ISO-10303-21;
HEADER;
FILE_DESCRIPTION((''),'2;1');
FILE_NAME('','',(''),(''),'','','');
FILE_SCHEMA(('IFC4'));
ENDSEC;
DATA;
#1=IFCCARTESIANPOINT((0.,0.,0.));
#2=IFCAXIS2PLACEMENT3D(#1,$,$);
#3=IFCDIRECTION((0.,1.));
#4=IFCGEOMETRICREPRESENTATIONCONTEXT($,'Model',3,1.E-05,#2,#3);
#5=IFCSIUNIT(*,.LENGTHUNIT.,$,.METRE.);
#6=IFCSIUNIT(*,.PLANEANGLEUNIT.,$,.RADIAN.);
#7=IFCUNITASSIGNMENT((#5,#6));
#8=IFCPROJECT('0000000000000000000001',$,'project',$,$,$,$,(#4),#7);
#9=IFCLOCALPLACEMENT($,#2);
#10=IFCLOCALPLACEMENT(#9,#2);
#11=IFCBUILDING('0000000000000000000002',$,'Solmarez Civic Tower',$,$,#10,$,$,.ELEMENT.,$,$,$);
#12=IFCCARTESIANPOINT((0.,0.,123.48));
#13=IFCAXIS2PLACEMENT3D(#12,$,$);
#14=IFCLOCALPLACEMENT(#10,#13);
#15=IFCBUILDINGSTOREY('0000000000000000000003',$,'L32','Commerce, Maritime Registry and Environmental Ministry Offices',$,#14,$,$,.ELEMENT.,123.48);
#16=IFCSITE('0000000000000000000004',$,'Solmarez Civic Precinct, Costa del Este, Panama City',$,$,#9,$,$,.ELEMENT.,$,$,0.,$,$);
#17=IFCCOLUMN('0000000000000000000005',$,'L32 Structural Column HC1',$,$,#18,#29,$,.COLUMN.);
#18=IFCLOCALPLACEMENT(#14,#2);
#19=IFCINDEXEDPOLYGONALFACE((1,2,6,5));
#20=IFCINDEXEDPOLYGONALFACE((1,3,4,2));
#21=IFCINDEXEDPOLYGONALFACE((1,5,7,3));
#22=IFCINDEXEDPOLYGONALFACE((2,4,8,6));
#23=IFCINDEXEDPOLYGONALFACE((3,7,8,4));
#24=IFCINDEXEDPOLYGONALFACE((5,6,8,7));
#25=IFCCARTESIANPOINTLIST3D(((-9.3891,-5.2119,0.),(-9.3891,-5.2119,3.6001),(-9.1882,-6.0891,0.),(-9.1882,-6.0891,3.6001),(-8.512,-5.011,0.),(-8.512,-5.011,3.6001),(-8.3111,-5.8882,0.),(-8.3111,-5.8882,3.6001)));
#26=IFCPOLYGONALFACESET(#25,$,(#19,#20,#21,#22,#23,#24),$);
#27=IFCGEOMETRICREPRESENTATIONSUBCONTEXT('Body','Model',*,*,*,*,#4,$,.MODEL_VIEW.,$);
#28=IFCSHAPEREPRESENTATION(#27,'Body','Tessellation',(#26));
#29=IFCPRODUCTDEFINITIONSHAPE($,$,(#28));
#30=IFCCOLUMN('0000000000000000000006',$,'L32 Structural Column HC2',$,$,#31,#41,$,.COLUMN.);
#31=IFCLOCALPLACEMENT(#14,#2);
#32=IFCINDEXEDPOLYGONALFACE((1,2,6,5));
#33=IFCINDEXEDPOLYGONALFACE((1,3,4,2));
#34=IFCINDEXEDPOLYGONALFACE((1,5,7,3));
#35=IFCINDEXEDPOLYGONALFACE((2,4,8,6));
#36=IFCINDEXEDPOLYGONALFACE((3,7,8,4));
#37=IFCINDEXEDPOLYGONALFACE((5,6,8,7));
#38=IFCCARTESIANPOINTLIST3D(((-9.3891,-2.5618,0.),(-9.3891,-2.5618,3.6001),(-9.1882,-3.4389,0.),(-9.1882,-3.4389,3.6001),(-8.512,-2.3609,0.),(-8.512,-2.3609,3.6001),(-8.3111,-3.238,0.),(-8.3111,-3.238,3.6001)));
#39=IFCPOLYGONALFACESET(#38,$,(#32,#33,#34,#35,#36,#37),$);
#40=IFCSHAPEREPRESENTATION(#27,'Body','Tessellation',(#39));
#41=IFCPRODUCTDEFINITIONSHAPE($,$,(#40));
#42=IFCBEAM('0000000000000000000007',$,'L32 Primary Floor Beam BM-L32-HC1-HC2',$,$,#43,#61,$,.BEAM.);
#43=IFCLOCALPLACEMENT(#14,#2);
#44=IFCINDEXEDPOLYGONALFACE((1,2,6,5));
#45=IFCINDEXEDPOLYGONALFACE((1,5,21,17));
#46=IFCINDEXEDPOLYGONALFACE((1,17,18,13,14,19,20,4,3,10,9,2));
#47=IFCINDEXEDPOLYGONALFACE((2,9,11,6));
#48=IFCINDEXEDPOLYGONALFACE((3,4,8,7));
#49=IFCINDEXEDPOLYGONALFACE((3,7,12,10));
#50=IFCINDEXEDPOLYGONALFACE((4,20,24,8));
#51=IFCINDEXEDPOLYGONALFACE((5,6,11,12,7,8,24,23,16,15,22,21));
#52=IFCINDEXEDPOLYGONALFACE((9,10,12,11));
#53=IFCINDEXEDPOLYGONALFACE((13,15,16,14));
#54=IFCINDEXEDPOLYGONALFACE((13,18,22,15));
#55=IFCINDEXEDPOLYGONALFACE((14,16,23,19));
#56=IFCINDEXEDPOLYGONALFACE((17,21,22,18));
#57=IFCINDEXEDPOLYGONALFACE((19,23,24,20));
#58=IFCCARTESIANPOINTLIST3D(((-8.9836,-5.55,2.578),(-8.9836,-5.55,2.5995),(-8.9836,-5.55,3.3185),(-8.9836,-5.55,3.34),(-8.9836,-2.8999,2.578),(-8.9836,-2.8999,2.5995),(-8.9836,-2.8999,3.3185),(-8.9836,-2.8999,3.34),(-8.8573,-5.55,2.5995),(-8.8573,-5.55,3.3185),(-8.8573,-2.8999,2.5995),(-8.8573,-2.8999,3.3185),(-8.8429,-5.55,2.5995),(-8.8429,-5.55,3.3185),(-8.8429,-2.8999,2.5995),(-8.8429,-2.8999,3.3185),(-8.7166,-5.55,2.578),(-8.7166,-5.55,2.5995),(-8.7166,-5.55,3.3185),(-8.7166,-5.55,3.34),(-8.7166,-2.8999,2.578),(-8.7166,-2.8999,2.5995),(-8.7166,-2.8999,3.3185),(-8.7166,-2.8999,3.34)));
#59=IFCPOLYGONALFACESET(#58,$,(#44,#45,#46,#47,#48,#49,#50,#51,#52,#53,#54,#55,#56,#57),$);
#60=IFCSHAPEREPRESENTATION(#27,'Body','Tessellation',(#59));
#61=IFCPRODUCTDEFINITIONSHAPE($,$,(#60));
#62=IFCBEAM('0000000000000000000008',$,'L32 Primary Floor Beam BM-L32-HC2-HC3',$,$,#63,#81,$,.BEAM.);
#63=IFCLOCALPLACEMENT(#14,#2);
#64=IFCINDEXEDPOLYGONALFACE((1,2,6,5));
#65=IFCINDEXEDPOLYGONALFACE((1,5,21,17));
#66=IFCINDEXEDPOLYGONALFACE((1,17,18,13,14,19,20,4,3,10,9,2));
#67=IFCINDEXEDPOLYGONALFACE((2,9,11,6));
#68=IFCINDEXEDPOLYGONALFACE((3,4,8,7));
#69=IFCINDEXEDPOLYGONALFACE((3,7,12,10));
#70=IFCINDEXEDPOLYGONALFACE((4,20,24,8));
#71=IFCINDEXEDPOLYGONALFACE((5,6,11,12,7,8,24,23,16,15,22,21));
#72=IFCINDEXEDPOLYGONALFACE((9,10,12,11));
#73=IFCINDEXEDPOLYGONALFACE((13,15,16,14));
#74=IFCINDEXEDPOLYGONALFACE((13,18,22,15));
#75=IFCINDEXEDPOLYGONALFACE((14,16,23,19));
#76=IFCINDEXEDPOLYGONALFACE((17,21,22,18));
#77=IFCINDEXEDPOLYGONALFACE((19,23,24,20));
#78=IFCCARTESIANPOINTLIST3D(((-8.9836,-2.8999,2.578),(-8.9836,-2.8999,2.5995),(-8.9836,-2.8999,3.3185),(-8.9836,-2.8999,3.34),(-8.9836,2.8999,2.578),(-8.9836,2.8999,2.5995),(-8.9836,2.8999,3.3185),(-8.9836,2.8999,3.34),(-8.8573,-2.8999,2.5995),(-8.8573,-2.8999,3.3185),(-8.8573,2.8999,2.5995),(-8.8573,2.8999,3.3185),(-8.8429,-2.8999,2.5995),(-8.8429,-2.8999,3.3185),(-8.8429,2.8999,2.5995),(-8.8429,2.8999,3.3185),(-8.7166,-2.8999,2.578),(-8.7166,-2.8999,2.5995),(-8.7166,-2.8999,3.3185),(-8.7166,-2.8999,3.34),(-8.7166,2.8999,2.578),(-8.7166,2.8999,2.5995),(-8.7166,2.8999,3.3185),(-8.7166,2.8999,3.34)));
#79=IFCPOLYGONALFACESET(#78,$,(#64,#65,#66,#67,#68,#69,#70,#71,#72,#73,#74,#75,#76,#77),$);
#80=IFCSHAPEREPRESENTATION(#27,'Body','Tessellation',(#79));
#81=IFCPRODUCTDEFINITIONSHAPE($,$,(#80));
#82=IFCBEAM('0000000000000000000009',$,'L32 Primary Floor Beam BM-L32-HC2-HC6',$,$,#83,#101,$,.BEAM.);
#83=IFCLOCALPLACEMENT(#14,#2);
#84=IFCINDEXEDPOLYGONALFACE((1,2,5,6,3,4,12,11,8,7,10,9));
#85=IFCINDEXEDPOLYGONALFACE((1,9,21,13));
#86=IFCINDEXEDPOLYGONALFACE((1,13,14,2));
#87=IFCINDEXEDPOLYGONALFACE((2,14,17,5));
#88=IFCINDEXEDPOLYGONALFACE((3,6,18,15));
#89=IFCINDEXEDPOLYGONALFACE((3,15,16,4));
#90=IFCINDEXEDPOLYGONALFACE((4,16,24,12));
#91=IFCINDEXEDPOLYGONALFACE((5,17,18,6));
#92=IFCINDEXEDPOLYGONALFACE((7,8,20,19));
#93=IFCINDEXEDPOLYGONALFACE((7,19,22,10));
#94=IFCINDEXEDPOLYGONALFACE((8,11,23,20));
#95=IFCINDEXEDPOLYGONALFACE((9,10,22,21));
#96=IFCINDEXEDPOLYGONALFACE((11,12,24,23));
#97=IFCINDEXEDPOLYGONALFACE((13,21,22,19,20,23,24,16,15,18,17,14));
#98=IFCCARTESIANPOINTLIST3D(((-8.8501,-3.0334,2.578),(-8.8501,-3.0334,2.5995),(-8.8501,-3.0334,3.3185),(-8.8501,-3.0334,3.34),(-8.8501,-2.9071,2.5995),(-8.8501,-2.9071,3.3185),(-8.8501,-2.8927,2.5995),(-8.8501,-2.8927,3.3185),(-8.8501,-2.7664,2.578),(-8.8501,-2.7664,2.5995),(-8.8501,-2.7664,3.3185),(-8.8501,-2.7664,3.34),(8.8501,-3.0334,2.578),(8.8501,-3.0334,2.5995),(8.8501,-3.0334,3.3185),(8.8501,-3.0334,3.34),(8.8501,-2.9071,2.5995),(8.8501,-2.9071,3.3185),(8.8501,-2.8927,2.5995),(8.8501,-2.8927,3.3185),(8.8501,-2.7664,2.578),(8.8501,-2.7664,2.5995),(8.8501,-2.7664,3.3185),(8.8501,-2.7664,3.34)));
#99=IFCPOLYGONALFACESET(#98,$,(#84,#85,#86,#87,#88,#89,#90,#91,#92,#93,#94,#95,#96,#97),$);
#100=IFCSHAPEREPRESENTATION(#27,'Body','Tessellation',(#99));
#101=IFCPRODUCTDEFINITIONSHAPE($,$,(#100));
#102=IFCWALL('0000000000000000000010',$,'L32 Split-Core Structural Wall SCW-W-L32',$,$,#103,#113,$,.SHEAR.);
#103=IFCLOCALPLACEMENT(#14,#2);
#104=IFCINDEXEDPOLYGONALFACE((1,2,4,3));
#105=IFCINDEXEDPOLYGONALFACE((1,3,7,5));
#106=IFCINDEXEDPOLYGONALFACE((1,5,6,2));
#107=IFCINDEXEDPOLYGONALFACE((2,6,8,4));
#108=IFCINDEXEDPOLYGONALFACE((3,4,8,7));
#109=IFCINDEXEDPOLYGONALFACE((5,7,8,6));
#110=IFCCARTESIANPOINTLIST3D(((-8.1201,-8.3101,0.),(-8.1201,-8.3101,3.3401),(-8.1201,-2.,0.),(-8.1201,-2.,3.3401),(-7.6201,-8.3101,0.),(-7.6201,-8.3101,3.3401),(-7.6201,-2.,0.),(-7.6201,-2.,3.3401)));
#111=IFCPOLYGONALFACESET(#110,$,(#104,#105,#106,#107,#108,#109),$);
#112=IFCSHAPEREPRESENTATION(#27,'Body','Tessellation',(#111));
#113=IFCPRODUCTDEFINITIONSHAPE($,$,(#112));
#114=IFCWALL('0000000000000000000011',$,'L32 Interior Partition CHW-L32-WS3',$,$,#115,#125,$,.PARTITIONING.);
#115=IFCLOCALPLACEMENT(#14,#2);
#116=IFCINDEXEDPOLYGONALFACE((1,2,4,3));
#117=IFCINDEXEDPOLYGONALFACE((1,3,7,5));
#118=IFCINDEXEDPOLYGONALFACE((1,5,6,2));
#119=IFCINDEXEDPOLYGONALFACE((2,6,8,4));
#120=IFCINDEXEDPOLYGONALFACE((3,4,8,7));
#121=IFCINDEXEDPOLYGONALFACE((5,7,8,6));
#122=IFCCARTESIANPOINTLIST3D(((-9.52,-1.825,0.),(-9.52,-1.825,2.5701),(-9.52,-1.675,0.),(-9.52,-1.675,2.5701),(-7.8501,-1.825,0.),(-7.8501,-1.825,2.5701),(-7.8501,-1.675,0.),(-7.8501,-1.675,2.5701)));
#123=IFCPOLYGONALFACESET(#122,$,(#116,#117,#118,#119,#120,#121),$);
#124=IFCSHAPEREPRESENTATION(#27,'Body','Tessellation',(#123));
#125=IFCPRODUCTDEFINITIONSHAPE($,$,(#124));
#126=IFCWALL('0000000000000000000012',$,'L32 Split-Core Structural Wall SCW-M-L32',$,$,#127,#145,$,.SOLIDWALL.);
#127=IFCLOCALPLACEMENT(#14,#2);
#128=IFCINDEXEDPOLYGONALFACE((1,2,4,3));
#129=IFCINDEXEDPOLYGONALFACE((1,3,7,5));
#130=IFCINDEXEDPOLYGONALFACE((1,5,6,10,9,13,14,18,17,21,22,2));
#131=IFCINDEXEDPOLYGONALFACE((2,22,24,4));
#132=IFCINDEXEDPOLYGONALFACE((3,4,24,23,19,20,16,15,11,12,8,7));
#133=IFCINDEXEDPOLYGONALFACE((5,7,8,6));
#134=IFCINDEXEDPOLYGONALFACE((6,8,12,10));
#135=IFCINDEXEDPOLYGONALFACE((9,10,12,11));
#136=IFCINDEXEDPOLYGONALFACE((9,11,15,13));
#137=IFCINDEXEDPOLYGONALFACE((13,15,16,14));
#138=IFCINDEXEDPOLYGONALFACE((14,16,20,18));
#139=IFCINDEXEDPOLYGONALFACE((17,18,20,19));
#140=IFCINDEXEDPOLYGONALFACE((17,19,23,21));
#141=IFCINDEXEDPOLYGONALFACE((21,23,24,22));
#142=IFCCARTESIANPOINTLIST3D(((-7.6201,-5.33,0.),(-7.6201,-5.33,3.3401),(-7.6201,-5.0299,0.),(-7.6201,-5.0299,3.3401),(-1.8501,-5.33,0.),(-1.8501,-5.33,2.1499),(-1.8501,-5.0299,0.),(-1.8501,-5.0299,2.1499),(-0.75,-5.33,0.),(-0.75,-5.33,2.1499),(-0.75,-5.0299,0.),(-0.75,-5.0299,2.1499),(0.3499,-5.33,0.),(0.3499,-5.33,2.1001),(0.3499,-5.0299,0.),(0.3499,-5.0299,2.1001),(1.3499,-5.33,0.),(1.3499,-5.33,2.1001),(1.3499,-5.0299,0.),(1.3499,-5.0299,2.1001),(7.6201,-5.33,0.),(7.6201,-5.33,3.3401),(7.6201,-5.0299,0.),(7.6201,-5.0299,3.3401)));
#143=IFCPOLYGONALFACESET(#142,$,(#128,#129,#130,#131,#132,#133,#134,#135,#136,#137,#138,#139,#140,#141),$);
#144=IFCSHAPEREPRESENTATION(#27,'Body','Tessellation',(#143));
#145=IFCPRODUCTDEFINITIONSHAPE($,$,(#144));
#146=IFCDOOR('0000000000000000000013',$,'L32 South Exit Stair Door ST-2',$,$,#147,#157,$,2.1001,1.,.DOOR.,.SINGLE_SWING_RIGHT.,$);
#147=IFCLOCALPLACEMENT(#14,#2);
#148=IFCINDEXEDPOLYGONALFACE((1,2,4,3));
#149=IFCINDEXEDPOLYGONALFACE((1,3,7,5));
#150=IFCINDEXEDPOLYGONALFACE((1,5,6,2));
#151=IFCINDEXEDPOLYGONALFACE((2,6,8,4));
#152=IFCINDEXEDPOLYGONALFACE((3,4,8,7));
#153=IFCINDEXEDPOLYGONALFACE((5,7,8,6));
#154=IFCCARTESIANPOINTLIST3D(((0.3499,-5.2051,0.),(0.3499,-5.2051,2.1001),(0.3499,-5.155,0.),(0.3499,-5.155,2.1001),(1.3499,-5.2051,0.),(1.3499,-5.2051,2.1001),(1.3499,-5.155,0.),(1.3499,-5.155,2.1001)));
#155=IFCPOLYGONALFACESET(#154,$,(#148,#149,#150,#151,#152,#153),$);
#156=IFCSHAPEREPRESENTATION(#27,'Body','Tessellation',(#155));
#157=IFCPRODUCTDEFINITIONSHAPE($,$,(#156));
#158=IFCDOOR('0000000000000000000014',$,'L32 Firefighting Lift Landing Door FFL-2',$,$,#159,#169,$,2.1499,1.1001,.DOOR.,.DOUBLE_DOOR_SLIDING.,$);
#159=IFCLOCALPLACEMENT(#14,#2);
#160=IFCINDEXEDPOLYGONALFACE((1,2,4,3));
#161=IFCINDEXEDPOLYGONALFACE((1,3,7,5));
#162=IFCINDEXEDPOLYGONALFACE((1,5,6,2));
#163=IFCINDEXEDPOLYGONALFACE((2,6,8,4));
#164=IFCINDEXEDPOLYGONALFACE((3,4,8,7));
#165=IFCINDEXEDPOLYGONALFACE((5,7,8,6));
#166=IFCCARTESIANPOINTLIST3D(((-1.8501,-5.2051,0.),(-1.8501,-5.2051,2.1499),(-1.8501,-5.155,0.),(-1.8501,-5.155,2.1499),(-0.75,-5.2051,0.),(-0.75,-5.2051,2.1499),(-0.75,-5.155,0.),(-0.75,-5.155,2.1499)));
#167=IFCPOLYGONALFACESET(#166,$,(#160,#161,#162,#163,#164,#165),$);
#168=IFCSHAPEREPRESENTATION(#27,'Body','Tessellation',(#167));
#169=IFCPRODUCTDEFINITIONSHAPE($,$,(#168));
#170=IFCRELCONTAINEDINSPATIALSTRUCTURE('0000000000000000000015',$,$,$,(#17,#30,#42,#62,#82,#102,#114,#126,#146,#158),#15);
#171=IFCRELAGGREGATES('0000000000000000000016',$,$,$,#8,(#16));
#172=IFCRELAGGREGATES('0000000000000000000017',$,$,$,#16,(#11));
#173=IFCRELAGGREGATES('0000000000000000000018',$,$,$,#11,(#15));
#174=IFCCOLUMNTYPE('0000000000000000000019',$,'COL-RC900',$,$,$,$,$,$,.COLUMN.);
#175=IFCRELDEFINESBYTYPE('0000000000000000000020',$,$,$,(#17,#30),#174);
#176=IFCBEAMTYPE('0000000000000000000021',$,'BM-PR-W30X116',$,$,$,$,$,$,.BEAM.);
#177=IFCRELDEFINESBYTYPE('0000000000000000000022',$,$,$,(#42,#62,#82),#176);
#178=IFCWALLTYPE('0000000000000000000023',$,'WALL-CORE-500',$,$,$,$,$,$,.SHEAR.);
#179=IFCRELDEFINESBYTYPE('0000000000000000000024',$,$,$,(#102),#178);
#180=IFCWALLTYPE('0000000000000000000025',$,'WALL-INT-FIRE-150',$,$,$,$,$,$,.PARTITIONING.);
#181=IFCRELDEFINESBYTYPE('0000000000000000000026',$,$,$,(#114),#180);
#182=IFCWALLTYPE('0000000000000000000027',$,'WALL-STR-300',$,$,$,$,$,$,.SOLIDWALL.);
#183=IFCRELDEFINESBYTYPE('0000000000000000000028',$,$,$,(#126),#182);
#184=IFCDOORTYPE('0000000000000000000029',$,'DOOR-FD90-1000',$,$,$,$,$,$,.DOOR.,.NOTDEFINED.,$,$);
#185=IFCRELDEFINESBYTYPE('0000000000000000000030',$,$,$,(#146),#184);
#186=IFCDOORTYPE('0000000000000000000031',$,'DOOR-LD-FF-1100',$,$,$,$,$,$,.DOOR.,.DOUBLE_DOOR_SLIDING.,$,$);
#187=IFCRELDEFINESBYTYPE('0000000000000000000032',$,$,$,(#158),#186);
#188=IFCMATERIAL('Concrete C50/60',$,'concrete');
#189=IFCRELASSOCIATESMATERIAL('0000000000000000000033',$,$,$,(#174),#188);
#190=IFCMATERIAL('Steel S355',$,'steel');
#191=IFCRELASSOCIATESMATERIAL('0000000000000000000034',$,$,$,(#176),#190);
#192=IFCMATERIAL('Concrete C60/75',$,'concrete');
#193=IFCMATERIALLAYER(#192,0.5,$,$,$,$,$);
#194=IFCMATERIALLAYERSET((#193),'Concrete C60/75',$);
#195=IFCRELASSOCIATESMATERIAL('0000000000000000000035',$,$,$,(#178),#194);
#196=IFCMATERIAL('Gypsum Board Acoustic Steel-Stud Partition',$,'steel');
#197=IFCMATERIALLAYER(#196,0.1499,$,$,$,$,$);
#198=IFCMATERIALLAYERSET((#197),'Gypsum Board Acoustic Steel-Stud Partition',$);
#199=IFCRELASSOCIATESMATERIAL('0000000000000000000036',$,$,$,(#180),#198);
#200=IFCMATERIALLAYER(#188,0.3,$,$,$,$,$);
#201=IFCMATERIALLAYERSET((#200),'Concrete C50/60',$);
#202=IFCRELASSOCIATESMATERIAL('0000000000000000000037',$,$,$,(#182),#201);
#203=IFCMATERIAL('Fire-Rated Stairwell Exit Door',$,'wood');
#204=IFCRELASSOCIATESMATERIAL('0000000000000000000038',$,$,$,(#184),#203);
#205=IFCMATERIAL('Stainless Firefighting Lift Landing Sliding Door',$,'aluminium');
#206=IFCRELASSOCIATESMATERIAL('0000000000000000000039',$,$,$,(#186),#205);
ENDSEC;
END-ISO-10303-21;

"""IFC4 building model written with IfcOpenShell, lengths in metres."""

from ifc_helpers import new_model, si_unit, direction, frame, frame_2d, origin, origin_2d, place, context, subcontext, project, spatial, rectangle, i_section, extrude, material, layer, layer_set, material_profile, profile_set, type_object, element, fill, save


model = new_model("IFC4")

# Units and contexts
model_context = context("Model", 3, precision=1e-05, world=origin(), true_north=direction((0.0, 1.0)))
body_context = subcontext(model_context, "Body", "Model", "MODEL_VIEW")
ifc_project = project(units=[si_unit("LENGTHUNIT", "METRE"), si_unit("PLANEANGLEUNIT", "RADIAN")], contexts=[model_context])

# Site, building, storey
site_placement = place(None, origin())
site = spatial("IfcSite", under=ifc_project, at=site_placement, Name="Solmarez Civic Precinct, Costa del Este, Panama City", CompositionType="ELEMENT", RefElevation=0.0)
building_placement = place(site_placement, origin())
building = spatial("IfcBuilding", under=site, at=building_placement, Name="Solmarez Civic Tower", CompositionType="ELEMENT")
storey_placement = place(building_placement, frame((0.0, 0.0, 123.48)))
storey = spatial("IfcBuildingStorey", under=building, at=storey_placement, Name="L32", Description="Commerce, Maritime Registry and Environmental Ministry Offices", CompositionType="ELEMENT", Elevation=123.48)

# Columns
ifc_material_1 = material(Name="Concrete C50/60", Category="concrete")
ifc_material_profile_1 = material_profile(ifc_material_1, rectangle(XDim=0.8999, YDim=0.8999, at=origin_2d()), Name="RC900X900")
ifc_profile_set_1 = profile_set([ifc_material_profile_1], Name="Concrete C50/60")
column_type = type_object("IfcColumnType", Name="COL-RC900", PredefinedType="COLUMN", material=ifc_profile_set_1)
for number, where, z_axis, x_axis, name in (
    (1, (-8.8501, -5.55, 0.0), (0.0, 0.0, 1.0), (0.974761, 0.22325, 0.0), "L32 Structural Column HC1"),
    (2, (-8.8501, -2.8999, 0.0), (0.0, 0.0, 1.0), (0.974761, 0.22325, 0.0), "L32 Structural Column HC2"),
):
    element("IfcColumn", number, at=place(storey_placement, frame(where, z_axis=z_axis, x_axis=x_axis)), inside=storey, type_object=column_type, Name=name, PredefinedType="COLUMN", context=body_context, shape_type="SweptSolid", body=[
        extrude(rectangle(XDim=0.8999, YDim=0.8999, at=origin_2d()), origin(), (0.0, 0.0, 1.0), 3.6001),
    ])

# Beams
ifc_material_2 = material(Name="Steel S355", Category="steel")
ifc_material_profile_2 = material_profile(ifc_material_2, i_section(OverallWidth=0.2671, OverallDepth=0.762, WebThickness=0.0144, FlangeThickness=0.0215, at=origin_2d()), Name="W30X116")
ifc_profile_set_2 = profile_set([ifc_material_profile_2], Name="Steel S355")
beam_type = type_object("IfcBeamType", Name="BM-PR-W30X116", PredefinedType="BEAM", material=ifc_profile_set_2)
beam_1_placement = place(storey_placement, frame((-8.8501, -5.55, 2.959), z_axis=(0.0, 1.0, 0.0), x_axis=(-1.0, 0.0, 0.0)))
element("IfcBeam", 3, at=beam_1_placement, inside=storey, type_object=beam_type, Name="L32 Primary Floor Beam BM-L32-HC1-HC2", PredefinedType="BEAM", context=body_context, shape_type="SweptSolid", body=[
    extrude(i_section(OverallWidth=0.2671, OverallDepth=0.762, WebThickness=0.0144, FlangeThickness=0.0215, at=origin_2d()), origin(), (0.0, 0.0, 1.0), 2.6501),
])
beam_2_placement = place(storey_placement, frame((-8.8501, -2.8999, 2.959), z_axis=(0.0, 1.0, 0.0), x_axis=(-1.0, 0.0, 0.0)))
element("IfcBeam", 4, at=beam_2_placement, inside=storey, type_object=beam_type, Name="L32 Primary Floor Beam BM-L32-HC2-HC3", PredefinedType="BEAM", context=body_context, shape_type="SweptSolid", body=[
    extrude(i_section(OverallWidth=0.2671, OverallDepth=0.762, WebThickness=0.0144, FlangeThickness=0.0215, at=origin_2d()), origin(), (0.0, 0.0, 1.0), 5.7998),
])
beam_3_placement = place(storey_placement, frame((-8.8501, -2.8999, 2.959), z_axis=(1.0, 0.0, 0.0), x_axis=(0.0, 1.0, 0.0)))
element("IfcBeam", 5, at=beam_3_placement, inside=storey, type_object=beam_type, Name="L32 Primary Floor Beam BM-L32-HC2-HC6", PredefinedType="BEAM", context=body_context, shape_type="SweptSolid", body=[
    extrude(i_section(OverallWidth=0.2671, OverallDepth=0.762, WebThickness=0.0144, FlangeThickness=0.0215, at=origin_2d()), origin(), (0.0, 0.0, 1.0), 17.7002),
])

# Shared definitions
ifc_material_3 = material(Name="Concrete C60/75", Category="concrete")
ifc_layer_1 = layer(ifc_material_3, 0.5)
ifc_layer_set_1 = layer_set([ifc_layer_1], Name="Concrete C60/75")
wall_type_1 = type_object("IfcWallType", Name="WALL-CORE-500", PredefinedType="SHEAR", material=ifc_layer_set_1)

# Walls
wall_1_placement = place(storey_placement, frame((-7.8701, -8.3101, 0.0), z_axis=(0.0, 0.0, 1.0), x_axis=(0.0, 1.0, 0.0)))
element("IfcWall", 6, at=wall_1_placement, inside=storey, type_object=wall_type_1, Name="L32 Split-Core Structural Wall SCW-W-L32", PredefinedType="SHEAR", context=body_context, shape_type="SweptSolid", body=[
    extrude(rectangle(XDim=6.3101, YDim=0.5, at=frame_2d((3.155, 0.0))), origin(), (0.0, 0.0, 1.0), 3.3401),
])
ifc_material_4 = material(Name="Gypsum Board Acoustic Steel-Stud Partition", Category="steel")
ifc_layer_2 = layer(ifc_material_4, 0.1499)
ifc_layer_set_2 = layer_set([ifc_layer_2], Name="Gypsum Board Acoustic Steel-Stud Partition")
wall_type_2 = type_object("IfcWallType", Name="WALL-INT-FIRE-150", PredefinedType="PARTITIONING", material=ifc_layer_set_2)
wall_2_placement = place(storey_placement, frame((-7.8501, -1.75, 0.0), z_axis=(0.0, 0.0, 1.0), x_axis=(-1.0, 0.0, 0.0)))
element("IfcWall", 7, at=wall_2_placement, inside=storey, type_object=wall_type_2, Name="L32 Interior Partition CHW-L32-WS3", PredefinedType="PARTITIONING", context=body_context, shape_type="SweptSolid", body=[
    extrude(rectangle(XDim=1.6699, YDim=0.1499, at=frame_2d((0.835, 0.0))), origin(), (0.0, 0.0, 1.0), 2.5701),
])

# Wall, openings, doors
ifc_layer_3 = layer(ifc_material_1, 0.3)
ifc_layer_set_3 = layer_set([ifc_layer_3], Name="Concrete C50/60")
wall_type_3 = type_object("IfcWallType", Name="WALL-STR-300", PredefinedType="SOLIDWALL", material=ifc_layer_set_3)
wall_3_placement = place(storey_placement, frame((-7.6201, -5.1799, 0.0), z_axis=(0.0, 0.0, 1.0), x_axis=(1.0, 0.0, 0.0)))
wall_3 = element("IfcWall", 8, at=wall_3_placement, inside=storey, type_object=wall_type_3, Name="L32 Split-Core Structural Wall SCW-M-L32", PredefinedType="SOLIDWALL", context=body_context, shape_type="SweptSolid", body=[
    extrude(rectangle(XDim=15.2402, YDim=0.3, at=frame_2d((7.6201, 0.0))), origin(), (0.0, 0.0, 1.0), 3.3401),
])
opening_1_placement = place(wall_3_placement, frame((5.77, 0.0, 0.0)))
opening_1 = element("IfcOpeningElement", 9, at=opening_1_placement, cuts=wall_3, PredefinedType="OPENING", context=body_context, shape_type="SweptSolid", body=[
    extrude(rectangle(XDim=1.1001, YDim=2.1499, at=frame_2d((0.55, 1.075))), frame((0.0, 0.1599, 0.0), z_axis=(0.0, -1.0, 0.0), x_axis=(1.0, 0.0, 0.0)), (0.0, 0.0, 1.0), 0.3201),
])
opening_2_placement = place(wall_3_placement, frame((7.97, 0.0, 0.0)))
opening_2 = element("IfcOpeningElement", 10, at=opening_2_placement, cuts=wall_3, PredefinedType="OPENING", context=body_context, shape_type="SweptSolid", body=[
    extrude(rectangle(XDim=1.0, YDim=2.1001, at=frame_2d((0.5, 1.05))), frame((0.0, 0.1599, 0.0), z_axis=(0.0, -1.0, 0.0), x_axis=(1.0, 0.0, 0.0)), (0.0, 0.0, 1.0), 0.3201),
])
ifc_material_5 = material(Name="Fire-Rated Stairwell Exit Door", Category="wood")
door_type_1 = type_object("IfcDoorType", Name="DOOR-FD90-1000", OperationType="NOTDEFINED", PredefinedType="DOOR", material=ifc_material_5)
door_1_placement = place(opening_2_placement, origin())
door_1 = element("IfcDoor", 11, at=door_1_placement, inside=storey, type_object=door_type_1, Name="L32 South Exit Stair Door ST-2", OperationType="SINGLE_SWING_RIGHT", OverallHeight=2.1001, OverallWidth=1.0, PredefinedType="DOOR", context=body_context, shape_type="SweptSolid", body=[
    extrude(rectangle(XDim=1.0, YDim=2.1001, at=frame_2d((0.5, 1.05))), frame((0.0, 0.0249, 0.0), z_axis=(0.0, -1.0, 0.0), x_axis=(1.0, 0.0, 0.0)), (0.0, 0.0, 1.0), 0.05),
])
fill(opening_2, door_1)
ifc_material_6 = material(Name="Stainless Firefighting Lift Landing Sliding Door", Category="aluminium")
door_type_2 = type_object("IfcDoorType", Name="DOOR-LD-FF-1100", OperationType="DOUBLE_DOOR_SLIDING", PredefinedType="DOOR", material=ifc_material_6)
door_2_placement = place(opening_1_placement, origin())
door_2 = element("IfcDoor", 12, at=door_2_placement, inside=storey, type_object=door_type_2, Name="L32 Firefighting Lift Landing Door FFL-2", OperationType="DOUBLE_DOOR_SLIDING", OverallHeight=2.1499, OverallWidth=1.1001, PredefinedType="DOOR", context=body_context, shape_type="SweptSolid", body=[
    extrude(rectangle(XDim=1.1001, YDim=2.1499, at=frame_2d((0.55, 1.075))), frame((0.0, 0.0249, 0.0), z_axis=(0.0, -1.0, 0.0), x_axis=(1.0, 0.0, 0.0)), (0.0, 0.0, 1.0), 0.05),
])
fill(opening_1, door_2)

save(model, "model.ifc")
